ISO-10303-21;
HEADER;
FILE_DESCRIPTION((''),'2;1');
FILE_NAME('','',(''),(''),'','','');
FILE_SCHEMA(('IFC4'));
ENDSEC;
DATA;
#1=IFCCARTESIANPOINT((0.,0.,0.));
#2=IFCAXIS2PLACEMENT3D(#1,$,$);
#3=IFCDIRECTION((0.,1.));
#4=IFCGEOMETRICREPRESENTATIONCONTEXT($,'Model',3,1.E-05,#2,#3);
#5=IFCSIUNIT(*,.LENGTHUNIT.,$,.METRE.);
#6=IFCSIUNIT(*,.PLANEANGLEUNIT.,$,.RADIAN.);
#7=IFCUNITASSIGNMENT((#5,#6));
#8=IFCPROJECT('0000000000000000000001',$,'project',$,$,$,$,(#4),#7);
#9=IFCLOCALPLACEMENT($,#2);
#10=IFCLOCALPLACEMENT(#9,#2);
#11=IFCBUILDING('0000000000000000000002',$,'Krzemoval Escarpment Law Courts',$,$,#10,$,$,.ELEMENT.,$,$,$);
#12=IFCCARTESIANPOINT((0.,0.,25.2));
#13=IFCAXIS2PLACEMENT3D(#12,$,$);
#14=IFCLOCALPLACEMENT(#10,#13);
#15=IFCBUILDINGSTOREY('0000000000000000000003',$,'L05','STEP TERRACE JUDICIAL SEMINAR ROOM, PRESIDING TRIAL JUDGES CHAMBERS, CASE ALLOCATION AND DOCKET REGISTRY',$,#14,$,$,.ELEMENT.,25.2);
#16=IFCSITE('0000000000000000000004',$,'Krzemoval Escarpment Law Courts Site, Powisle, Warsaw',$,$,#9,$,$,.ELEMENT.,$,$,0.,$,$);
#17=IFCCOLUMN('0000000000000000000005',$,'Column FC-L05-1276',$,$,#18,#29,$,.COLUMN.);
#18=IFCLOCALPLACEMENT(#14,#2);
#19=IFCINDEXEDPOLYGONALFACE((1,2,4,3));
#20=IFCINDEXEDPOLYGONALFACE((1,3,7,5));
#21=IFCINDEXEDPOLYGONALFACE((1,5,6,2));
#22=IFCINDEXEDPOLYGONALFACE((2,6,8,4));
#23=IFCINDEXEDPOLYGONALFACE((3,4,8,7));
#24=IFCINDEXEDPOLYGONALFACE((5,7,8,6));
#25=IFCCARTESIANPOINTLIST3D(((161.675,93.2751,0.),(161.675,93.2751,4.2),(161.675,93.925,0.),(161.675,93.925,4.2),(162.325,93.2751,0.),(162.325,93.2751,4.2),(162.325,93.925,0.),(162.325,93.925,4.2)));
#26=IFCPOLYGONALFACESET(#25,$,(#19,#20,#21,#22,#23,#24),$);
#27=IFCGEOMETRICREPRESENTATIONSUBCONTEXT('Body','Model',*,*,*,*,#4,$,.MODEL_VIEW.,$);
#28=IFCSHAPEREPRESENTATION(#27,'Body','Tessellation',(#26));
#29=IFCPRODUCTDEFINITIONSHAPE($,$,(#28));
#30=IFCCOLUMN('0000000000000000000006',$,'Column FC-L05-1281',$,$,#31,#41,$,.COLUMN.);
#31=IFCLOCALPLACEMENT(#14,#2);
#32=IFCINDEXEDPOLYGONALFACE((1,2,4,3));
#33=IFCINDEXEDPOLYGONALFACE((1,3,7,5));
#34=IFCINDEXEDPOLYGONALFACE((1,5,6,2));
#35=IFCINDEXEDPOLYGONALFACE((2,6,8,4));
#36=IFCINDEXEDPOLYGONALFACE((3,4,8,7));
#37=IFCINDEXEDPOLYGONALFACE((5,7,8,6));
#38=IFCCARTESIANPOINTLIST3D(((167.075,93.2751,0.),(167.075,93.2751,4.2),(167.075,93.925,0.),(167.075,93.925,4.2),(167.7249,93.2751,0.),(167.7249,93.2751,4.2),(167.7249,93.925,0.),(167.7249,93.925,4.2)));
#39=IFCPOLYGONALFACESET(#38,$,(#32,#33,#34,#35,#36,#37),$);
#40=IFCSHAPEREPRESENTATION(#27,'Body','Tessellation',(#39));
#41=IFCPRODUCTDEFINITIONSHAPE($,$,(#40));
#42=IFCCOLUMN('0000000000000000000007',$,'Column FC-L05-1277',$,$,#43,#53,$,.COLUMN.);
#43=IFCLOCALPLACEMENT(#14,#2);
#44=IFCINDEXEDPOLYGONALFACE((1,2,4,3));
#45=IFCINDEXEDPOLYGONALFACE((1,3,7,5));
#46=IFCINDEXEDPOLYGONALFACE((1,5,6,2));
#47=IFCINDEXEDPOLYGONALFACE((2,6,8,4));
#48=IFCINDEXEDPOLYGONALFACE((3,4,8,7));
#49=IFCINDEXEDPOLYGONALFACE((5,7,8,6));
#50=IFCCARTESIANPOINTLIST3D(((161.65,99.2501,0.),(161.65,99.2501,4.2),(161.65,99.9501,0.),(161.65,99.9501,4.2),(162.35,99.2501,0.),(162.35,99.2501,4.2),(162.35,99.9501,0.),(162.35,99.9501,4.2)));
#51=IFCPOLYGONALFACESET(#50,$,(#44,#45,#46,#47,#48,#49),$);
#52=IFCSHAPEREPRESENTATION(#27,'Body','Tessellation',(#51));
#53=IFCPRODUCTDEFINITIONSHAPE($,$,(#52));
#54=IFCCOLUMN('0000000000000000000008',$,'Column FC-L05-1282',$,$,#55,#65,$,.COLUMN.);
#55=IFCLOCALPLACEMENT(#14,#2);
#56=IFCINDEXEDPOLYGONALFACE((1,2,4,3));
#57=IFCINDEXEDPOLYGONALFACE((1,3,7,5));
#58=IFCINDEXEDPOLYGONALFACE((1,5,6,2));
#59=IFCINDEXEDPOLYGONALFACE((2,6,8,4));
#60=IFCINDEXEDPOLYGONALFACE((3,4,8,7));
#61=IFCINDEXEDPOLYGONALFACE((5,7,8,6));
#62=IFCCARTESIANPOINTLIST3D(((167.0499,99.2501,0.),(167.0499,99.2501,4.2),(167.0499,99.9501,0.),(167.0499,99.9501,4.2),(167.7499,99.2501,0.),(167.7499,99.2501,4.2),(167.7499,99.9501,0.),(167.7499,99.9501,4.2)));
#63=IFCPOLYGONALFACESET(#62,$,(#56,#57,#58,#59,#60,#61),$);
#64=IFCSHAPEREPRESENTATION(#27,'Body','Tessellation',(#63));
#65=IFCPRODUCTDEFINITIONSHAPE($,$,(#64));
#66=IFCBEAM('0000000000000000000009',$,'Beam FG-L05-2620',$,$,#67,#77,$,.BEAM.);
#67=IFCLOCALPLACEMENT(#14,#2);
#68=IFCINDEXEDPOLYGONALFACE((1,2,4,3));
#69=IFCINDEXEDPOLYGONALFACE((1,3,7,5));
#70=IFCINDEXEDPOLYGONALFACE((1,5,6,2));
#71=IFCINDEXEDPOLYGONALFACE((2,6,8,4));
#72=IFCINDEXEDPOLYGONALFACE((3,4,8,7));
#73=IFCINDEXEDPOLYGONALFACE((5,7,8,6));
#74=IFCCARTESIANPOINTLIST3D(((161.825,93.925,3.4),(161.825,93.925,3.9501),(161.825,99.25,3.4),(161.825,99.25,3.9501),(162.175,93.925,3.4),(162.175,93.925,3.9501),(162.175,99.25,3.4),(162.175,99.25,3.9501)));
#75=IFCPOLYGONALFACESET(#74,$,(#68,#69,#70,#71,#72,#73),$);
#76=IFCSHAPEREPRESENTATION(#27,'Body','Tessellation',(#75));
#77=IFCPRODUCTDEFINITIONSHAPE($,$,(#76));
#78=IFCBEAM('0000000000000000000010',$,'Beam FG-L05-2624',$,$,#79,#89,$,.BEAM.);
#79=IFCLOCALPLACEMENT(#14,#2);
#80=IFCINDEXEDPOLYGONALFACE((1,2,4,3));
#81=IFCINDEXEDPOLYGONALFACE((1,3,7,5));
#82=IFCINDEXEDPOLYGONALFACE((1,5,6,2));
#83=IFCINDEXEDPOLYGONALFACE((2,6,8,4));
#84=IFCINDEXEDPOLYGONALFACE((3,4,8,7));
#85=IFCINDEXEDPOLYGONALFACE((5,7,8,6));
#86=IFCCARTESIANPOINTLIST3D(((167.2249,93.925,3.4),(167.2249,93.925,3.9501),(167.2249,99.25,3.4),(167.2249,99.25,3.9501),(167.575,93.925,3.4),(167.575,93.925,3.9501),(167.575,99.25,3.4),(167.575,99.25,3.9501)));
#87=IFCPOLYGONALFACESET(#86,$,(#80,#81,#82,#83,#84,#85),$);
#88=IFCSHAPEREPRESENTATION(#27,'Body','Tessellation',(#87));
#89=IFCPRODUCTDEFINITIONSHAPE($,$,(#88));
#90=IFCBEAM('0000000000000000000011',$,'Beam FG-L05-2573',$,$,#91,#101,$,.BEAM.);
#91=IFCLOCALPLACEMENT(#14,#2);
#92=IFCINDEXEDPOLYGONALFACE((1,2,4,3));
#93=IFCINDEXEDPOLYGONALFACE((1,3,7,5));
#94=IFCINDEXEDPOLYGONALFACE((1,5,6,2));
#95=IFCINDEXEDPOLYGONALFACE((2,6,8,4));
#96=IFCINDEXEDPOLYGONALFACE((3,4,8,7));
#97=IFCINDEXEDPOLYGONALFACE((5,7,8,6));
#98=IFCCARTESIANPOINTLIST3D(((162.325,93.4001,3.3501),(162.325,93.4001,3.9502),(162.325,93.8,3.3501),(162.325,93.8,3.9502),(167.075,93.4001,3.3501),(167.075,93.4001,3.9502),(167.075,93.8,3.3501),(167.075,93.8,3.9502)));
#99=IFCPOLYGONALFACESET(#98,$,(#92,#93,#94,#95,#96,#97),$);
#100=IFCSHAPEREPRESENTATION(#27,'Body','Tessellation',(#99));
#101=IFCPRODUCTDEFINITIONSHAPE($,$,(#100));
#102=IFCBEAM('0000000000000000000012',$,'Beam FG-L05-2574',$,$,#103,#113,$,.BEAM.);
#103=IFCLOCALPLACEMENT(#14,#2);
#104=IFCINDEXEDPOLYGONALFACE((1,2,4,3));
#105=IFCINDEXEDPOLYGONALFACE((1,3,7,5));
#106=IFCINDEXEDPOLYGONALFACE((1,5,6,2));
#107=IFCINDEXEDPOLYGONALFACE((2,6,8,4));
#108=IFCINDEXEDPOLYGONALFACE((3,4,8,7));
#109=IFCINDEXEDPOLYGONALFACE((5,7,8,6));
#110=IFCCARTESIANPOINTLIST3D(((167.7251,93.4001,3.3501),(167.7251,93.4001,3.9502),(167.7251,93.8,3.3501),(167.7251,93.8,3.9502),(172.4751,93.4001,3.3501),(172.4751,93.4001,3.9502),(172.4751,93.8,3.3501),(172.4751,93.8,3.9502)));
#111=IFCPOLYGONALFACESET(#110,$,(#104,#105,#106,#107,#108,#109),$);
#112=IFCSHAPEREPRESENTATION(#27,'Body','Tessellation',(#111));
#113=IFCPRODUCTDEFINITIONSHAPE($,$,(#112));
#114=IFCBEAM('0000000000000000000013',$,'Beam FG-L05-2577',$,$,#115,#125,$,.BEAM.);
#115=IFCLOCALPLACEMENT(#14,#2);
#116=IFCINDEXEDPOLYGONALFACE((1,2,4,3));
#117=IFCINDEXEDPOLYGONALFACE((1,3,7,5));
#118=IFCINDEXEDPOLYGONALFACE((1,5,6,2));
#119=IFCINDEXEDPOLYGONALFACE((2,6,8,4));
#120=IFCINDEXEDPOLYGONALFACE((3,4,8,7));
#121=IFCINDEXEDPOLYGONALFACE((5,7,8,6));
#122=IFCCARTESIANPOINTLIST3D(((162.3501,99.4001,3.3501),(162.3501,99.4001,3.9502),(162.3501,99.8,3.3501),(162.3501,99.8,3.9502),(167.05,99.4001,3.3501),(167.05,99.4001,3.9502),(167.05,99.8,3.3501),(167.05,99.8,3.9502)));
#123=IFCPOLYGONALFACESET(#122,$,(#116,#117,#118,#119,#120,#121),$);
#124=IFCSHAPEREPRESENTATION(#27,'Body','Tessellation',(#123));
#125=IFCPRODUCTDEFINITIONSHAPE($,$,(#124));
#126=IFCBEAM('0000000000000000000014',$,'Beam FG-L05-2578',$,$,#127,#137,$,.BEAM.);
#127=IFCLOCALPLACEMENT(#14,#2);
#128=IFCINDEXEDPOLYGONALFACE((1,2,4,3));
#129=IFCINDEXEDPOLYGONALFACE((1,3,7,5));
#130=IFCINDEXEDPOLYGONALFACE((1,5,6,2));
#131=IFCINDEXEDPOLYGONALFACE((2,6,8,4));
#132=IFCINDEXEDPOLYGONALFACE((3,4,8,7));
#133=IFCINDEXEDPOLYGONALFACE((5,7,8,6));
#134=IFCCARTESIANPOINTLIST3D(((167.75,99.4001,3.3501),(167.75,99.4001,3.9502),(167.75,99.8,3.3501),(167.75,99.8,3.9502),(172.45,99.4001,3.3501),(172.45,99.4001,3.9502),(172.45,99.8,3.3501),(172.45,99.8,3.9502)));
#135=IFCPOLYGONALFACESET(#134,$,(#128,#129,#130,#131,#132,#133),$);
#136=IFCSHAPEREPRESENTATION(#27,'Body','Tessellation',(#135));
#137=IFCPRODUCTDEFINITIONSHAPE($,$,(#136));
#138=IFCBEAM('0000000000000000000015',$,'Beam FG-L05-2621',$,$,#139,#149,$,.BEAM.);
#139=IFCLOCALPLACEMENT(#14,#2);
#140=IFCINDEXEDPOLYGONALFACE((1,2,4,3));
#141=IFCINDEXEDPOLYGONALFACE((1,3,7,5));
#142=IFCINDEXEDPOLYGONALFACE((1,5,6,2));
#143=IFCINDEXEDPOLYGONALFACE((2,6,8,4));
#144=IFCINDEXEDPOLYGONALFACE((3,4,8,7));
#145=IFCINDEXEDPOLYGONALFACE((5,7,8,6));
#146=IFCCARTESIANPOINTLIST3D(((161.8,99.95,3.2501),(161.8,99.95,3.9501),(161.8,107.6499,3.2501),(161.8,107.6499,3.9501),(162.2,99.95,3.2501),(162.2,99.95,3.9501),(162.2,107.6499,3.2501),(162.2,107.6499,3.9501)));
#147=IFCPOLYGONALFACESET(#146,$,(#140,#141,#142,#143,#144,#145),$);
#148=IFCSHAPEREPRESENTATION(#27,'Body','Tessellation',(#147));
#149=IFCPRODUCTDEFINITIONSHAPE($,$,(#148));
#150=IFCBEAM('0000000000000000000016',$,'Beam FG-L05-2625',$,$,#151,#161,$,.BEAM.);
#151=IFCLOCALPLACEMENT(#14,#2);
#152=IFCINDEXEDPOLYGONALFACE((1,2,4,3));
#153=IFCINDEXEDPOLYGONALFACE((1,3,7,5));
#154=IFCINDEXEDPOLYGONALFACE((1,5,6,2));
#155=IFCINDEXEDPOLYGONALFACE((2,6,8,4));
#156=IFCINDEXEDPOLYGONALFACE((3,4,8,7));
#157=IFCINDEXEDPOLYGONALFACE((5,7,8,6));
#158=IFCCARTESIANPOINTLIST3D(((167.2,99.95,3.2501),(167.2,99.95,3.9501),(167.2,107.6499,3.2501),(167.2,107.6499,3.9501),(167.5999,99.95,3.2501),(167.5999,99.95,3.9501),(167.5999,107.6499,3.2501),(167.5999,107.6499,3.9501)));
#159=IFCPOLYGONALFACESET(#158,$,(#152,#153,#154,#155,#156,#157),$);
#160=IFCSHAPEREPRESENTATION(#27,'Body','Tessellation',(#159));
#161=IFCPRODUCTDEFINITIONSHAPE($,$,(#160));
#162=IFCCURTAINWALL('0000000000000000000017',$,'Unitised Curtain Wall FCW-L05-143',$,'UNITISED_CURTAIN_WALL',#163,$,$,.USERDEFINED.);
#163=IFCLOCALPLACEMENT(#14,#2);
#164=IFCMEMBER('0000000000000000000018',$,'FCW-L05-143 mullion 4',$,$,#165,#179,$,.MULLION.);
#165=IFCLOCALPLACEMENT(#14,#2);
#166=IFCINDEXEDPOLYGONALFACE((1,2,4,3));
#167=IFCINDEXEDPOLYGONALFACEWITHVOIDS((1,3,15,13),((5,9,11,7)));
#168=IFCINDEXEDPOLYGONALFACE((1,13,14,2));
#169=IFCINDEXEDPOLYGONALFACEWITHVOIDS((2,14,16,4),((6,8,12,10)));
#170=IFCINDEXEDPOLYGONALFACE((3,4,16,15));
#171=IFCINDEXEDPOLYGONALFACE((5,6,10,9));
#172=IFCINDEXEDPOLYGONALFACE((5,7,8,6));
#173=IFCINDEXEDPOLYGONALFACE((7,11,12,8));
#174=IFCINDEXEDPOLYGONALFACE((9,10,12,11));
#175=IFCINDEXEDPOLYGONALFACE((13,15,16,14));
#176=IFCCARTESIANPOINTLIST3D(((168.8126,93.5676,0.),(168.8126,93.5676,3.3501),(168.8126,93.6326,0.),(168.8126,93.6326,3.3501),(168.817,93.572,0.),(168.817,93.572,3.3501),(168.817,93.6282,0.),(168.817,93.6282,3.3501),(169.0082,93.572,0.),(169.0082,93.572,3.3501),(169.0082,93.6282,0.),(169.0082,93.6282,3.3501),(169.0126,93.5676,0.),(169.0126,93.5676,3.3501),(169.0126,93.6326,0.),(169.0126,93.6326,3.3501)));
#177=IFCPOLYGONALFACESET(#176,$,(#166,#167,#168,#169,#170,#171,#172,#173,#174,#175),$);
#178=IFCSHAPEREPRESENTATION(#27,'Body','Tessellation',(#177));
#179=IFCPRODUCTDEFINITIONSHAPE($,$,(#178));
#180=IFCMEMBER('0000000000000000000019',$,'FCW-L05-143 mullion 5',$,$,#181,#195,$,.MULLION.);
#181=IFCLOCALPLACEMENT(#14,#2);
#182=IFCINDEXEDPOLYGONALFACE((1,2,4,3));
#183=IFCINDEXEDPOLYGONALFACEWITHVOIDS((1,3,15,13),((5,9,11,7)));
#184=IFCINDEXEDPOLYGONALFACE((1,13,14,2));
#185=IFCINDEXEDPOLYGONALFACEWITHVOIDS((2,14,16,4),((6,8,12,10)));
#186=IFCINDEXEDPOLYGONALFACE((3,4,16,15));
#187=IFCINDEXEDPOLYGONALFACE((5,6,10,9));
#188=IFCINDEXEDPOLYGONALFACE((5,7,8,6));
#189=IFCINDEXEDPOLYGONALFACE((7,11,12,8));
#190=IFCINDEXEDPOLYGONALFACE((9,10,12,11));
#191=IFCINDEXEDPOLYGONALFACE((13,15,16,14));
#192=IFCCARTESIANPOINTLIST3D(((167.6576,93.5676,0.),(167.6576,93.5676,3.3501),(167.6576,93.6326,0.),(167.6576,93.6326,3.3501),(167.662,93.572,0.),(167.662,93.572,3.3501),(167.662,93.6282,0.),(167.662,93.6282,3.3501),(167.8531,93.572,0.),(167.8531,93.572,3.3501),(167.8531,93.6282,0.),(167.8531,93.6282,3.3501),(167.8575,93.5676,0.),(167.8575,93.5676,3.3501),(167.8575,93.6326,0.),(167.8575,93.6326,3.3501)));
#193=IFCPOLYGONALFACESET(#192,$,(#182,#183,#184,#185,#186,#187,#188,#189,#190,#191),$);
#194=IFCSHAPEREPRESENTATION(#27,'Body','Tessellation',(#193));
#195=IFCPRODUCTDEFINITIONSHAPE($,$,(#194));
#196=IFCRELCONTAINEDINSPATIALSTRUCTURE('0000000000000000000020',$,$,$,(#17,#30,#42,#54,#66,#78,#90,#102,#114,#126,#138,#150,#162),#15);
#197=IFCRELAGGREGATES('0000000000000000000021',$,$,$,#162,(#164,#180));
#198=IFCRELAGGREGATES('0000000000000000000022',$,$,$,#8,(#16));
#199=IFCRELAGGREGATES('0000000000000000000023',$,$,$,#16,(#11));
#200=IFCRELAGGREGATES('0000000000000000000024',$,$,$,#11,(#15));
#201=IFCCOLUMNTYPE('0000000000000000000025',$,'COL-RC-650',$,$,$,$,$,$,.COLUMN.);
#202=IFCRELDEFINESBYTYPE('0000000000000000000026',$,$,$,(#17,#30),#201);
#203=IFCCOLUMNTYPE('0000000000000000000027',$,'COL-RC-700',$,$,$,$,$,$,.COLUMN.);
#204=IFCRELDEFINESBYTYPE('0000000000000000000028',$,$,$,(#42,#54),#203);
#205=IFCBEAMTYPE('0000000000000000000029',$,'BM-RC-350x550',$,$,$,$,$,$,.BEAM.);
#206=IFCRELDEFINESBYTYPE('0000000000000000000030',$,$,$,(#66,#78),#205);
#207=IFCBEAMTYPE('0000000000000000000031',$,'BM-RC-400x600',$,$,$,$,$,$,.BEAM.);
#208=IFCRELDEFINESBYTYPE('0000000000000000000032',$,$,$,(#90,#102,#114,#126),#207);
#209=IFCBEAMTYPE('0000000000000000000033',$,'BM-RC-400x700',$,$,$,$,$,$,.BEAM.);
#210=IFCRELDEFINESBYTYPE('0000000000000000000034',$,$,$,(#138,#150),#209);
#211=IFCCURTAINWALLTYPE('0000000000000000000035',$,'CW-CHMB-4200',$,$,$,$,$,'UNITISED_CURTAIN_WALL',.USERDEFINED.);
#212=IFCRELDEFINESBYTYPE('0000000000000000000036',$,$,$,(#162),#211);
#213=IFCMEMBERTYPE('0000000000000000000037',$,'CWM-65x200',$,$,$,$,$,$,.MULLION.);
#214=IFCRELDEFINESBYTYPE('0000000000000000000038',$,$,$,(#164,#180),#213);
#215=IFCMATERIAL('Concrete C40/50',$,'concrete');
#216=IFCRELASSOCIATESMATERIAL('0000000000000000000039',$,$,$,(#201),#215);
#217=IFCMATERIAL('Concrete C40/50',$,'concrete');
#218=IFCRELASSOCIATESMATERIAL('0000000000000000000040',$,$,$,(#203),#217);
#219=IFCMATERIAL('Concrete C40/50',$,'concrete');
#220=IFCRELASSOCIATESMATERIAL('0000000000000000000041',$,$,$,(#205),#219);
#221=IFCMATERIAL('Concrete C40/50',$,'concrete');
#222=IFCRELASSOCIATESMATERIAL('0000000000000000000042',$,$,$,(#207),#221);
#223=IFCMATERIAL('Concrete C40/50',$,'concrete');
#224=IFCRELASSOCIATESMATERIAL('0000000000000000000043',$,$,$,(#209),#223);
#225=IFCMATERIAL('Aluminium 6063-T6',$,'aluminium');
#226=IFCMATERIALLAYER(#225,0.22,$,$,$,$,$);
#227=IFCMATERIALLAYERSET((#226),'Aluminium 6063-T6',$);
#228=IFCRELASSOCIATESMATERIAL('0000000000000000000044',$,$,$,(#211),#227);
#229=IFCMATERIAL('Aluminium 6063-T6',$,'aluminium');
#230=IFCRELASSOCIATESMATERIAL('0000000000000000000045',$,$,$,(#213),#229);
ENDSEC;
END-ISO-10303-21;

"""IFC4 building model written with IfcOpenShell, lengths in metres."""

from ifc_helpers import new_model, si_unit, direction, frame, origin, origin_2d, place, context, subcontext, project, spatial, rectangle, hollow_rectangle, extrude, material, layer, layer_set, material_profile, profile_set, type_object, element, aggregate, save


model = new_model("IFC4")

# Units and contexts
model_context = context("Model", 3, precision=1e-05, world=origin(), true_north=direction((0.0, 1.0)))
body_context = subcontext(model_context, "Body", "Model", "MODEL_VIEW")
ifc_project = project(units=[si_unit("LENGTHUNIT", "METRE"), si_unit("PLANEANGLEUNIT", "RADIAN")], contexts=[model_context])

# Site, building, storey
site_placement = place(None, origin())
site = spatial("IfcSite", under=ifc_project, at=site_placement, Name="Krzemoval Escarpment Law Courts Site, Powisle, Warsaw", CompositionType="ELEMENT", RefElevation=0.0)
building_placement = place(site_placement, origin())
building = spatial("IfcBuilding", under=site, at=building_placement, Name="Krzemoval Escarpment Law Courts", CompositionType="ELEMENT")
storey_placement = place(building_placement, frame((0.0, 0.0, 25.2)))
storey = spatial("IfcBuildingStorey", under=building, at=storey_placement, Name="L05", Description="STEP TERRACE JUDICIAL SEMINAR ROOM, PRESIDING TRIAL JUDGES CHAMBERS, CASE ALLOCATION AND DOCKET REGISTRY", CompositionType="ELEMENT", Elevation=25.2)

# Columns
ifc_material_1 = material(Name="Concrete C40/50", Category="concrete")
ifc_material_profile_1 = material_profile(ifc_material_1, rectangle(XDim=0.6499, YDim=0.6499, at=origin_2d()), Name="RC 650x650")
ifc_profile_set_1 = profile_set([ifc_material_profile_1], Name="Concrete C40/50")
column_type_1 = type_object("IfcColumnType", Name="COL-RC-650", PredefinedType="COLUMN", material=ifc_profile_set_1)
for number, where, z_axis, x_axis, name in (
    (1, (162.0, 93.6001, 0.0), (0.0, 0.0, 1.0), (1.0, 0.0, 0.0), "Column FC-L05-1276"),
    (2, (167.3999, 93.6001, 0.0), (0.0, 0.0, 1.0), (1.0, 0.0, 0.0), "Column FC-L05-1281"),
):
    element("IfcColumn", number, at=place(storey_placement, frame(where, z_axis=z_axis, x_axis=x_axis)), inside=storey, type_object=column_type_1, Name=name, PredefinedType="COLUMN", context=body_context, shape_type="SweptSolid", body=[
        extrude(rectangle(XDim=0.6499, YDim=0.6499, at=origin_2d()), origin(), (0.0, 0.0, 1.0), 4.2),
    ])
ifc_material_2 = material(Name="Concrete C40/50", Category="concrete")
ifc_material_profile_2 = material_profile(ifc_material_2, rectangle(XDim=0.7, YDim=0.7, at=origin_2d()), Name="RC 700x700")
ifc_profile_set_2 = profile_set([ifc_material_profile_2], Name="Concrete C40/50")
column_type_2 = type_object("IfcColumnType", Name="COL-RC-700", PredefinedType="COLUMN", material=ifc_profile_set_2)
for number, where, z_axis, x_axis, name in (
    (3, (162.0, 99.6001, 0.0), (0.0, 0.0, 1.0), (1.0, 0.0, 0.0), "Column FC-L05-1277"),
    (4, (167.3999, 99.6001, 0.0), (0.0, 0.0, 1.0), (1.0, 0.0, 0.0), "Column FC-L05-1282"),
):
    element("IfcColumn", number, at=place(storey_placement, frame(where, z_axis=z_axis, x_axis=x_axis)), inside=storey, type_object=column_type_2, Name=name, PredefinedType="COLUMN", context=body_context, shape_type="SweptSolid", body=[
        extrude(rectangle(XDim=0.7, YDim=0.7, at=origin_2d()), origin(), (0.0, 0.0, 1.0), 4.2),
    ])

# Beams
ifc_material_3 = material(Name="Concrete C40/50", Category="concrete")
ifc_material_profile_3 = material_profile(ifc_material_3, rectangle(XDim=0.3501, YDim=0.55, at=origin_2d()), Name="RCB 350x550")
ifc_profile_set_3 = profile_set([ifc_material_profile_3], Name="Concrete C40/50")
beam_type_1 = type_object("IfcBeamType", Name="BM-RC-350x550", PredefinedType="BEAM", material=ifc_profile_set_3)
for number, where, z_axis, x_axis, name in (
    (5, (162.0, 93.925, 3.675), (0.0, 1.0, 0.0), (-1.0, 0.0, 0.0), "Beam FG-L05-2620"),
    (6, (167.3999, 93.925, 3.675), (0.0, 1.0, 0.0), (-1.0, 0.0, 0.0), "Beam FG-L05-2624"),
):
    element("IfcBeam", number, at=place(storey_placement, frame(where, z_axis=z_axis, x_axis=x_axis)), inside=storey, type_object=beam_type_1, Name=name, PredefinedType="BEAM", context=body_context, shape_type="SweptSolid", body=[
        extrude(rectangle(XDim=0.3501, YDim=0.55, at=origin_2d()), origin(), (0.0, 0.0, 1.0), 5.325),
    ])
ifc_material_4 = material(Name="Concrete C40/50", Category="concrete")
ifc_material_profile_4 = material_profile(ifc_material_4, rectangle(XDim=0.3999, YDim=0.6001, at=origin_2d()), Name="RCB 400x600")
ifc_profile_set_4 = profile_set([ifc_material_profile_4], Name="Concrete C40/50")
beam_type_2 = type_object("IfcBeamType", Name="BM-RC-400x600", PredefinedType="BEAM", material=ifc_profile_set_4)
for number, where, z_axis, x_axis, name in (
    (7, (162.325, 93.6001, 3.6501), (1.0, 0.0, 0.0), (0.0, 1.0, 0.0), "Beam FG-L05-2573"),
    (8, (167.7251, 93.6001, 3.6501), (1.0, 0.0, 0.0), (0.0, 1.0, 0.0), "Beam FG-L05-2574"),
):
    element("IfcBeam", number, at=place(storey_placement, frame(where, z_axis=z_axis, x_axis=x_axis)), inside=storey, type_object=beam_type_2, Name=name, PredefinedType="BEAM", context=body_context, shape_type="SweptSolid", body=[
        extrude(rectangle(XDim=0.3999, YDim=0.6001, at=origin_2d()), origin(), (0.0, 0.0, 1.0), 4.75),
    ])
for number, where, z_axis, x_axis, name in (
    (9, (162.3501, 99.6001, 3.6501), (1.0, 0.0, 0.0), (0.0, 1.0, 0.0), "Beam FG-L05-2577"),
    (10, (167.75, 99.6001, 3.6501), (1.0, 0.0, 0.0), (0.0, 1.0, 0.0), "Beam FG-L05-2578"),
):
    element("IfcBeam", number, at=place(storey_placement, frame(where, z_axis=z_axis, x_axis=x_axis)), inside=storey, type_object=beam_type_2, Name=name, PredefinedType="BEAM", context=body_context, shape_type="SweptSolid", body=[
        extrude(rectangle(XDim=0.3999, YDim=0.6001, at=origin_2d()), origin(), (0.0, 0.0, 1.0), 4.7),
    ])
ifc_material_5 = material(Name="Concrete C40/50", Category="concrete")
ifc_material_profile_5 = material_profile(ifc_material_5, rectangle(XDim=0.3999, YDim=0.7, at=origin_2d()), Name="RCB 400x700")
ifc_profile_set_5 = profile_set([ifc_material_profile_5], Name="Concrete C40/50")
beam_type_3 = type_object("IfcBeamType", Name="BM-RC-400x700", PredefinedType="BEAM", material=ifc_profile_set_5)
for number, where, z_axis, x_axis, name in (
    (11, (162.0, 99.95, 3.6001), (0.0, 1.0, 0.0), (-1.0, 0.0, 0.0), "Beam FG-L05-2621"),
    (12, (167.3999, 99.95, 3.6001), (0.0, 1.0, 0.0), (-1.0, 0.0, 0.0), "Beam FG-L05-2625"),
):
    element("IfcBeam", number, at=place(storey_placement, frame(where, z_axis=z_axis, x_axis=x_axis)), inside=storey, type_object=beam_type_3, Name=name, PredefinedType="BEAM", context=body_context, shape_type="SweptSolid", body=[
        extrude(rectangle(XDim=0.3999, YDim=0.7, at=origin_2d()), origin(), (0.0, 0.0, 1.0), 7.7),
    ])

# Curtain wall, members
ifc_material_6 = material(Name="Aluminium 6063-T6", Category="aluminium")
ifc_layer_1 = layer(ifc_material_6, 0.22)
ifc_layer_set_1 = layer_set([ifc_layer_1], Name="Aluminium 6063-T6")
curtain_wall_type = type_object("IfcCurtainWallType", Name="CW-CHMB-4200", ElementType="UNITISED_CURTAIN_WALL", PredefinedType="USERDEFINED", material=ifc_layer_set_1)
curtain_wall_placement = place(storey_placement, origin())
curtain_wall = element("IfcCurtainWall", 13, at=curtain_wall_placement, inside=storey, type_object=curtain_wall_type, Name="Unitised Curtain Wall FCW-L05-143", ObjectType="UNITISED_CURTAIN_WALL", PredefinedType="USERDEFINED")
ifc_material_7 = material(Name="Aluminium 6063-T6", Category="aluminium")
ifc_material_profile_6 = material_profile(ifc_material_7, hollow_rectangle(XDim=0.0649, YDim=0.2, WallThickness=0.0044, at=origin_2d()), Name="ALU M65x200")
ifc_profile_set_6 = profile_set([ifc_material_profile_6], Name="Aluminium 6063-T6")
member_type_1 = type_object("IfcMemberType", Name="CWM-65x200", PredefinedType="MULLION", material=ifc_profile_set_6)
member_1_placement = place(storey_placement, frame((168.9126, 93.6001, 0.0), z_axis=(0.0, 0.0, 1.0), x_axis=(0.0, -1.0, 0.0)))
member_1 = element("IfcMember", 14, at=member_1_placement, type_object=member_type_1, Name="FCW-L05-143 mullion 4", PredefinedType="MULLION", context=body_context, shape_type="SweptSolid", body=[
    extrude(hollow_rectangle(XDim=0.0649, YDim=0.2, WallThickness=0.0044, at=origin_2d()), origin(), (0.0, 0.0, 1.0), 3.3501),
])
member_2_placement = place(storey_placement, frame((167.7576, 93.6001, 0.0), z_axis=(0.0, 0.0, 1.0), x_axis=(0.0, -1.0, 0.0)))
member_2 = element("IfcMember", 15, at=member_2_placement, type_object=member_type_1, Name="FCW-L05-143 mullion 5", PredefinedType="MULLION", context=body_context, shape_type="SweptSolid", body=[
    extrude(hollow_rectangle(XDim=0.0649, YDim=0.2, WallThickness=0.0044, at=origin_2d()), origin(), (0.0, 0.0, 1.0), 3.3501),
])

aggregate(curtain_wall, [member_1, member_2])

save(model, "model.ifc")
